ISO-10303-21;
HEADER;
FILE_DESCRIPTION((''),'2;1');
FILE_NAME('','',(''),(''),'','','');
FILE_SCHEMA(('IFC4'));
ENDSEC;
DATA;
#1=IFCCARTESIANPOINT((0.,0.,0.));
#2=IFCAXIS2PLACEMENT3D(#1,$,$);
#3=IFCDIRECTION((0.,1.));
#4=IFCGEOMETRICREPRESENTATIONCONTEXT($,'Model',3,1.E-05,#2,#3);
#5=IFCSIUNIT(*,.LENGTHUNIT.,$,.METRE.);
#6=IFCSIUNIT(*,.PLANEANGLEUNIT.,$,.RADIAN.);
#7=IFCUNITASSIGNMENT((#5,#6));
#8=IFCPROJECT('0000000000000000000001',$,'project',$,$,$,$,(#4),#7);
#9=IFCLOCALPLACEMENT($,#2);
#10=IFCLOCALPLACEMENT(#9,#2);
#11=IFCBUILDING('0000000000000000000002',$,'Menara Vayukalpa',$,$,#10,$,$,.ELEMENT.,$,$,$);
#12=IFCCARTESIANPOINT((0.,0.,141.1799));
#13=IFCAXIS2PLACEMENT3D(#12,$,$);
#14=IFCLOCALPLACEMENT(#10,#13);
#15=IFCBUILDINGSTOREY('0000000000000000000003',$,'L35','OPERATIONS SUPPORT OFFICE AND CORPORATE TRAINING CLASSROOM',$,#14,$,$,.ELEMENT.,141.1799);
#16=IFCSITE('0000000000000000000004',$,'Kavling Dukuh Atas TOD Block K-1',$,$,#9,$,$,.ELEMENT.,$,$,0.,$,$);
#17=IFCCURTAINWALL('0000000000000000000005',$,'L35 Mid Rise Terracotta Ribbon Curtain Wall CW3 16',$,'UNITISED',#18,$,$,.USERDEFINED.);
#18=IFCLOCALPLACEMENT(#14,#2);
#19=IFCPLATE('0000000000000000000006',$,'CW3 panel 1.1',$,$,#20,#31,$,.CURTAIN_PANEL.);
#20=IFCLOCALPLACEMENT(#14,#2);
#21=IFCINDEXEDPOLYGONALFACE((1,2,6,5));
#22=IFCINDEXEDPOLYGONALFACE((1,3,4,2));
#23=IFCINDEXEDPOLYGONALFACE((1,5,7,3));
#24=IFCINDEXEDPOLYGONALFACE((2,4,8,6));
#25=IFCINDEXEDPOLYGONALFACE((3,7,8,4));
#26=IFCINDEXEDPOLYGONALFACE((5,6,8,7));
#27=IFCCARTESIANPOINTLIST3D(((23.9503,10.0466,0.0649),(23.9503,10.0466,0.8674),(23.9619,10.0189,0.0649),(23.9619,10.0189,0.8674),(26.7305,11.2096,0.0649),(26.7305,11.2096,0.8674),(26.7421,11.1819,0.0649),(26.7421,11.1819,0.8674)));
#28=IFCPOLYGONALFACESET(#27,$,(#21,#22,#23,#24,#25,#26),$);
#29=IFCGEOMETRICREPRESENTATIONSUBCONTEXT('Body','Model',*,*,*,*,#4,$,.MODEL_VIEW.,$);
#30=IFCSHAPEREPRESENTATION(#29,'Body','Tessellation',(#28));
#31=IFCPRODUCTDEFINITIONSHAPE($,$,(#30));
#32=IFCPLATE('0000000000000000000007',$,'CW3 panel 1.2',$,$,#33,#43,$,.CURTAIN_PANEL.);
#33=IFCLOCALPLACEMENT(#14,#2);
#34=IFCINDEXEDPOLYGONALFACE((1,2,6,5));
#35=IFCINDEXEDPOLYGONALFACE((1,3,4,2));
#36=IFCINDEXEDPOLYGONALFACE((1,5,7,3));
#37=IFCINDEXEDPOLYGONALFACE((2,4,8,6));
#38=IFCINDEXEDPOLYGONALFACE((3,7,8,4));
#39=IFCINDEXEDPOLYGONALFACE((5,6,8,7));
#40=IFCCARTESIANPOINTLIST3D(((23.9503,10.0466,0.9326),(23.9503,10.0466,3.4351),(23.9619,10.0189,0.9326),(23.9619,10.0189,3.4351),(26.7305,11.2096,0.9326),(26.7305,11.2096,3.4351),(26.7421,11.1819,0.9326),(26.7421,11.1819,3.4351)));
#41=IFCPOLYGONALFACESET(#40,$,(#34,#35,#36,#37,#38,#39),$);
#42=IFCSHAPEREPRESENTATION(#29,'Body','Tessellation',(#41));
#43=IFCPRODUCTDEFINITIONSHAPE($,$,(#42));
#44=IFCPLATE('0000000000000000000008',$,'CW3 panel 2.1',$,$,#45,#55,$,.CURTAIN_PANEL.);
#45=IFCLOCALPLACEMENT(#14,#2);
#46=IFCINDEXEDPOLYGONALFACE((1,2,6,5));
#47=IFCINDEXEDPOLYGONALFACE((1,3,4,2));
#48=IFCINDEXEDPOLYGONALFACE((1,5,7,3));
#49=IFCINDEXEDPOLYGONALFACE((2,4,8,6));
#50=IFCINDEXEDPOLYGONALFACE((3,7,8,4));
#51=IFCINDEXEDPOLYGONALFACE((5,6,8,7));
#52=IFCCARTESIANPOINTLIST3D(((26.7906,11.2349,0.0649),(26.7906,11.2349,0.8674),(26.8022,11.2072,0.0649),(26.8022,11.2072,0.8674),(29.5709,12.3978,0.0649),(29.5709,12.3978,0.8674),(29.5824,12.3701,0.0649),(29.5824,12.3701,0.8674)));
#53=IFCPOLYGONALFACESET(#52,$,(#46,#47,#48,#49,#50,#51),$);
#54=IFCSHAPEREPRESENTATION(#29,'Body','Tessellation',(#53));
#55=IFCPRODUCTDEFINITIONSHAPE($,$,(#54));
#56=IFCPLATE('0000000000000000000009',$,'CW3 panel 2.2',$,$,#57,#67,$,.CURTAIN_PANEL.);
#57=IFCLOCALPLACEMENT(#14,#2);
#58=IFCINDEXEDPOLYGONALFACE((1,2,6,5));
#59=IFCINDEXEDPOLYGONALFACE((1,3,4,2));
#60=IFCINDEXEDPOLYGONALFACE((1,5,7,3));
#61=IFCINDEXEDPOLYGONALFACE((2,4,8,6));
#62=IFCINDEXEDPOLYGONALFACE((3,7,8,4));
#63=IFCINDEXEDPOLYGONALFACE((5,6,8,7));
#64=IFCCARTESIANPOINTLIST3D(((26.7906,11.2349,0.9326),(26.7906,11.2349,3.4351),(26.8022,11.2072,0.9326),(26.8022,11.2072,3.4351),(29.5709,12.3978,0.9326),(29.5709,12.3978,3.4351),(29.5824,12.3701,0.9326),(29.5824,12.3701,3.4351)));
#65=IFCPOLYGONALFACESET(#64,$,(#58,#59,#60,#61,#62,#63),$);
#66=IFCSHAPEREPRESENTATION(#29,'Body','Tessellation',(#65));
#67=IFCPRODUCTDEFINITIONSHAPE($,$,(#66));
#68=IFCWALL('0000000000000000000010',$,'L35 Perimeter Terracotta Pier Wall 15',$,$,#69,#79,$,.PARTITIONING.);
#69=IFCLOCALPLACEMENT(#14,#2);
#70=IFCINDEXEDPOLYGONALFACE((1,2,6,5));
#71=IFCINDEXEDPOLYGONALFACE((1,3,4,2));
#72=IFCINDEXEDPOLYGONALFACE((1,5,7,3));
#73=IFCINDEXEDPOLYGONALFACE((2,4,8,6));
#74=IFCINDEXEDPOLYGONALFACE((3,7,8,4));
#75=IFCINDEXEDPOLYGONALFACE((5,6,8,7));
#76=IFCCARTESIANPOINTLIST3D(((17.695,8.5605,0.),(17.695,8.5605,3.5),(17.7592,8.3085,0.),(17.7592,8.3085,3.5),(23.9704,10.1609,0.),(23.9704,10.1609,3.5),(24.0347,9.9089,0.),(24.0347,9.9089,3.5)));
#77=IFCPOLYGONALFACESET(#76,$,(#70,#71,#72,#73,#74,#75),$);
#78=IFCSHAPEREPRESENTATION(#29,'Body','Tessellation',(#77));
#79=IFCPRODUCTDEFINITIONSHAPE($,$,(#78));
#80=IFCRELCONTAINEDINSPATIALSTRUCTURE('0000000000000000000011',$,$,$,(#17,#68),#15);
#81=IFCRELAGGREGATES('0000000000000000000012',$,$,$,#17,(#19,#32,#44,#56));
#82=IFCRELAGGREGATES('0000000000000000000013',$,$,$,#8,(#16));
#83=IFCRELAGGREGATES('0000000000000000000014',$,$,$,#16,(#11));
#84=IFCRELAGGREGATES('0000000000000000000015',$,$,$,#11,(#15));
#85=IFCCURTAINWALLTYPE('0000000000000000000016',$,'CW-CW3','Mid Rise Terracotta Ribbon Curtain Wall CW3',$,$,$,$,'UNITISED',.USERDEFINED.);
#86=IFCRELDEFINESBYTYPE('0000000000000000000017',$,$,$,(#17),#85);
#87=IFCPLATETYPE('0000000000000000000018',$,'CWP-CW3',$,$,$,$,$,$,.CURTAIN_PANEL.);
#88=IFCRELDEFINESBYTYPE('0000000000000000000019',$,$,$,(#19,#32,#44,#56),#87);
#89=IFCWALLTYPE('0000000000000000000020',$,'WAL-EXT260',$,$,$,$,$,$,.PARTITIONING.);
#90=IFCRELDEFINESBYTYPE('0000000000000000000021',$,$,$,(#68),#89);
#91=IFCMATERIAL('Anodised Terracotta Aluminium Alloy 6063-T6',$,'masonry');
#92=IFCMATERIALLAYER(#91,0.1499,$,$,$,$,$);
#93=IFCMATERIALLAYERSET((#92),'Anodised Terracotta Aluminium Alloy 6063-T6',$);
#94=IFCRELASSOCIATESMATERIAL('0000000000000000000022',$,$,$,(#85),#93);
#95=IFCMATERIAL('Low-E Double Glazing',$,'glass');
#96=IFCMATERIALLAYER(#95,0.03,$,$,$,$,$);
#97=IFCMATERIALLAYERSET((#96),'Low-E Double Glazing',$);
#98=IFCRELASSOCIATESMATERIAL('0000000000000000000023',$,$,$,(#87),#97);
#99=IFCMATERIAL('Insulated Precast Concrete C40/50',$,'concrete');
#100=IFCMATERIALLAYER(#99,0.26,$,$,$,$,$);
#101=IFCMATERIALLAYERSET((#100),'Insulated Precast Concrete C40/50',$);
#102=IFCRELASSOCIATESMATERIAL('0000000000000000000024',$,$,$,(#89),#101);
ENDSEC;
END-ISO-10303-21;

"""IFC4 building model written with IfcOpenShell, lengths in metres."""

from ifc_helpers import new_model, si_unit, direction, frame, frame_2d, origin, origin_2d, place, context, subcontext, project, spatial, rectangle, extrude, material, layer, layer_set, type_object, element, aggregate, save


model = new_model("IFC4")

# Units and contexts
model_context = context("Model", 3, precision=1e-05, world=origin(), true_north=direction((0.0, 1.0)))
body_context = subcontext(model_context, "Body", "Model", "MODEL_VIEW")
ifc_project = project(units=[si_unit("LENGTHUNIT", "METRE"), si_unit("PLANEANGLEUNIT", "RADIAN")], contexts=[model_context])

# Site, building, storey
site_placement = place(None, origin())
site = spatial("IfcSite", under=ifc_project, at=site_placement, Name="Kavling Dukuh Atas TOD Block K-1", CompositionType="ELEMENT", RefElevation=0.0)
building_placement = place(site_placement, origin())
building = spatial("IfcBuilding", under=site, at=building_placement, Name="Menara Vayukalpa", CompositionType="ELEMENT")
storey_placement = place(building_placement, frame((0.0, 0.0, 141.1799)))
storey = spatial("IfcBuildingStorey", under=building, at=storey_placement, Name="L35", Description="OPERATIONS SUPPORT OFFICE AND CORPORATE TRAINING CLASSROOM", CompositionType="ELEMENT", Elevation=141.1799)

# Curtain wall, plates
ifc_material_1 = material(Name="Anodised Terracotta Aluminium Alloy 6063-T6", Category="masonry")
ifc_layer_1 = layer(ifc_material_1, 0.1499)
ifc_layer_set_1 = layer_set([ifc_layer_1], Name="Anodised Terracotta Aluminium Alloy 6063-T6")
curtain_wall_type = type_object("IfcCurtainWallType", Name="CW-CW3", Description="Mid Rise Terracotta Ribbon Curtain Wall CW3", ElementType="UNITISED", PredefinedType="USERDEFINED", material=ifc_layer_set_1)
curtain_wall_placement = place(storey_placement, origin())
curtain_wall = element("IfcCurtainWall", 1, at=curtain_wall_placement, inside=storey, type_object=curtain_wall_type, Name="L35 Mid Rise Terracotta Ribbon Curtain Wall CW3 16", ObjectType="UNITISED", PredefinedType="USERDEFINED")
ifc_material_2 = material(Name="Low-E Double Glazing", Category="glass")
ifc_layer_2 = layer(ifc_material_2, 0.03)
ifc_layer_set_2 = layer_set([ifc_layer_2], Name="Low-E Double Glazing")
plate_type = type_object("IfcPlateType", Name="CWP-CW3", PredefinedType="CURTAIN_PANEL", material=ifc_layer_set_2)
plate_1_placement = place(storey_placement, frame((25.3462, 10.6143, 0.0649), z_axis=(0.0, 0.0, 1.0), x_axis=(0.922546, 0.385886, 0.0)))
plate_1 = element("IfcPlate", 2, at=plate_1_placement, type_object=plate_type, Name="CW3 panel 1.1", PredefinedType="CURTAIN_PANEL", context=body_context, shape_type="SweptSolid", body=[
    extrude(rectangle(XDim=3.0137, YDim=0.03, at=origin_2d()), origin(), (0.0, 0.0, 1.0), 0.8025),
])
plate_2_placement = place(storey_placement, frame((25.3462, 10.6143, 0.9326), z_axis=(0.0, 0.0, 1.0), x_axis=(0.922546, 0.385886, 0.0)))
plate_2 = element("IfcPlate", 3, at=plate_2_placement, type_object=plate_type, Name="CW3 panel 1.2", PredefinedType="CURTAIN_PANEL", context=body_context, shape_type="SweptSolid", body=[
    extrude(rectangle(XDim=3.0137, YDim=0.03, at=origin_2d()), origin(), (0.0, 0.0, 1.0), 2.5024),
])
plate_3_placement = place(storey_placement, frame((28.1865, 11.8025, 0.0649), z_axis=(0.0, 0.0, 1.0), x_axis=(0.922546, 0.385886, 0.0)))
plate_3 = element("IfcPlate", 4, at=plate_3_placement, type_object=plate_type, Name="CW3 panel 2.1", PredefinedType="CURTAIN_PANEL", context=body_context, shape_type="SweptSolid", body=[
    extrude(rectangle(XDim=3.0137, YDim=0.03, at=origin_2d()), origin(), (0.0, 0.0, 1.0), 0.8025),
])
plate_4_placement = place(storey_placement, frame((28.1865, 11.8025, 0.9326), z_axis=(0.0, 0.0, 1.0), x_axis=(0.922546, 0.385886, 0.0)))
plate_4 = element("IfcPlate", 5, at=plate_4_placement, type_object=plate_type, Name="CW3 panel 2.2", PredefinedType="CURTAIN_PANEL", context=body_context, shape_type="SweptSolid", body=[
    extrude(rectangle(XDim=3.0137, YDim=0.03, at=origin_2d()), origin(), (0.0, 0.0, 1.0), 2.5024),
])
aggregate(curtain_wall, [plate_1, plate_2, plate_3, plate_4])

# Wall
ifc_material_3 = material(Name="Insulated Precast Concrete C40/50", Category="concrete")
ifc_layer_3 = layer(ifc_material_3, 0.26)
ifc_layer_set_3 = layer_set([ifc_layer_3], Name="Insulated Precast Concrete C40/50")
wall_type = type_object("IfcWallType", Name="WAL-EXT260", PredefinedType="PARTITIONING", material=ifc_layer_set_3)
wall_placement = place(storey_placement, frame((24.0027, 10.0349, 0.0), z_axis=(0.0, 0.0, 1.0), x_axis=(-0.968987, -0.24711, 0.0)))
element("IfcWall", 6, at=wall_placement, inside=storey, type_object=wall_type, Name="L35 Perimeter Terracotta Pier Wall 15", PredefinedType="PARTITIONING", context=body_context, shape_type="SweptSolid", body=[
    extrude(rectangle(XDim=6.4763, YDim=0.26, at=frame_2d((3.2383, 0.0))), origin(), (0.0, 0.0, 1.0), 3.5),
])

save(model, "model.ifc")
